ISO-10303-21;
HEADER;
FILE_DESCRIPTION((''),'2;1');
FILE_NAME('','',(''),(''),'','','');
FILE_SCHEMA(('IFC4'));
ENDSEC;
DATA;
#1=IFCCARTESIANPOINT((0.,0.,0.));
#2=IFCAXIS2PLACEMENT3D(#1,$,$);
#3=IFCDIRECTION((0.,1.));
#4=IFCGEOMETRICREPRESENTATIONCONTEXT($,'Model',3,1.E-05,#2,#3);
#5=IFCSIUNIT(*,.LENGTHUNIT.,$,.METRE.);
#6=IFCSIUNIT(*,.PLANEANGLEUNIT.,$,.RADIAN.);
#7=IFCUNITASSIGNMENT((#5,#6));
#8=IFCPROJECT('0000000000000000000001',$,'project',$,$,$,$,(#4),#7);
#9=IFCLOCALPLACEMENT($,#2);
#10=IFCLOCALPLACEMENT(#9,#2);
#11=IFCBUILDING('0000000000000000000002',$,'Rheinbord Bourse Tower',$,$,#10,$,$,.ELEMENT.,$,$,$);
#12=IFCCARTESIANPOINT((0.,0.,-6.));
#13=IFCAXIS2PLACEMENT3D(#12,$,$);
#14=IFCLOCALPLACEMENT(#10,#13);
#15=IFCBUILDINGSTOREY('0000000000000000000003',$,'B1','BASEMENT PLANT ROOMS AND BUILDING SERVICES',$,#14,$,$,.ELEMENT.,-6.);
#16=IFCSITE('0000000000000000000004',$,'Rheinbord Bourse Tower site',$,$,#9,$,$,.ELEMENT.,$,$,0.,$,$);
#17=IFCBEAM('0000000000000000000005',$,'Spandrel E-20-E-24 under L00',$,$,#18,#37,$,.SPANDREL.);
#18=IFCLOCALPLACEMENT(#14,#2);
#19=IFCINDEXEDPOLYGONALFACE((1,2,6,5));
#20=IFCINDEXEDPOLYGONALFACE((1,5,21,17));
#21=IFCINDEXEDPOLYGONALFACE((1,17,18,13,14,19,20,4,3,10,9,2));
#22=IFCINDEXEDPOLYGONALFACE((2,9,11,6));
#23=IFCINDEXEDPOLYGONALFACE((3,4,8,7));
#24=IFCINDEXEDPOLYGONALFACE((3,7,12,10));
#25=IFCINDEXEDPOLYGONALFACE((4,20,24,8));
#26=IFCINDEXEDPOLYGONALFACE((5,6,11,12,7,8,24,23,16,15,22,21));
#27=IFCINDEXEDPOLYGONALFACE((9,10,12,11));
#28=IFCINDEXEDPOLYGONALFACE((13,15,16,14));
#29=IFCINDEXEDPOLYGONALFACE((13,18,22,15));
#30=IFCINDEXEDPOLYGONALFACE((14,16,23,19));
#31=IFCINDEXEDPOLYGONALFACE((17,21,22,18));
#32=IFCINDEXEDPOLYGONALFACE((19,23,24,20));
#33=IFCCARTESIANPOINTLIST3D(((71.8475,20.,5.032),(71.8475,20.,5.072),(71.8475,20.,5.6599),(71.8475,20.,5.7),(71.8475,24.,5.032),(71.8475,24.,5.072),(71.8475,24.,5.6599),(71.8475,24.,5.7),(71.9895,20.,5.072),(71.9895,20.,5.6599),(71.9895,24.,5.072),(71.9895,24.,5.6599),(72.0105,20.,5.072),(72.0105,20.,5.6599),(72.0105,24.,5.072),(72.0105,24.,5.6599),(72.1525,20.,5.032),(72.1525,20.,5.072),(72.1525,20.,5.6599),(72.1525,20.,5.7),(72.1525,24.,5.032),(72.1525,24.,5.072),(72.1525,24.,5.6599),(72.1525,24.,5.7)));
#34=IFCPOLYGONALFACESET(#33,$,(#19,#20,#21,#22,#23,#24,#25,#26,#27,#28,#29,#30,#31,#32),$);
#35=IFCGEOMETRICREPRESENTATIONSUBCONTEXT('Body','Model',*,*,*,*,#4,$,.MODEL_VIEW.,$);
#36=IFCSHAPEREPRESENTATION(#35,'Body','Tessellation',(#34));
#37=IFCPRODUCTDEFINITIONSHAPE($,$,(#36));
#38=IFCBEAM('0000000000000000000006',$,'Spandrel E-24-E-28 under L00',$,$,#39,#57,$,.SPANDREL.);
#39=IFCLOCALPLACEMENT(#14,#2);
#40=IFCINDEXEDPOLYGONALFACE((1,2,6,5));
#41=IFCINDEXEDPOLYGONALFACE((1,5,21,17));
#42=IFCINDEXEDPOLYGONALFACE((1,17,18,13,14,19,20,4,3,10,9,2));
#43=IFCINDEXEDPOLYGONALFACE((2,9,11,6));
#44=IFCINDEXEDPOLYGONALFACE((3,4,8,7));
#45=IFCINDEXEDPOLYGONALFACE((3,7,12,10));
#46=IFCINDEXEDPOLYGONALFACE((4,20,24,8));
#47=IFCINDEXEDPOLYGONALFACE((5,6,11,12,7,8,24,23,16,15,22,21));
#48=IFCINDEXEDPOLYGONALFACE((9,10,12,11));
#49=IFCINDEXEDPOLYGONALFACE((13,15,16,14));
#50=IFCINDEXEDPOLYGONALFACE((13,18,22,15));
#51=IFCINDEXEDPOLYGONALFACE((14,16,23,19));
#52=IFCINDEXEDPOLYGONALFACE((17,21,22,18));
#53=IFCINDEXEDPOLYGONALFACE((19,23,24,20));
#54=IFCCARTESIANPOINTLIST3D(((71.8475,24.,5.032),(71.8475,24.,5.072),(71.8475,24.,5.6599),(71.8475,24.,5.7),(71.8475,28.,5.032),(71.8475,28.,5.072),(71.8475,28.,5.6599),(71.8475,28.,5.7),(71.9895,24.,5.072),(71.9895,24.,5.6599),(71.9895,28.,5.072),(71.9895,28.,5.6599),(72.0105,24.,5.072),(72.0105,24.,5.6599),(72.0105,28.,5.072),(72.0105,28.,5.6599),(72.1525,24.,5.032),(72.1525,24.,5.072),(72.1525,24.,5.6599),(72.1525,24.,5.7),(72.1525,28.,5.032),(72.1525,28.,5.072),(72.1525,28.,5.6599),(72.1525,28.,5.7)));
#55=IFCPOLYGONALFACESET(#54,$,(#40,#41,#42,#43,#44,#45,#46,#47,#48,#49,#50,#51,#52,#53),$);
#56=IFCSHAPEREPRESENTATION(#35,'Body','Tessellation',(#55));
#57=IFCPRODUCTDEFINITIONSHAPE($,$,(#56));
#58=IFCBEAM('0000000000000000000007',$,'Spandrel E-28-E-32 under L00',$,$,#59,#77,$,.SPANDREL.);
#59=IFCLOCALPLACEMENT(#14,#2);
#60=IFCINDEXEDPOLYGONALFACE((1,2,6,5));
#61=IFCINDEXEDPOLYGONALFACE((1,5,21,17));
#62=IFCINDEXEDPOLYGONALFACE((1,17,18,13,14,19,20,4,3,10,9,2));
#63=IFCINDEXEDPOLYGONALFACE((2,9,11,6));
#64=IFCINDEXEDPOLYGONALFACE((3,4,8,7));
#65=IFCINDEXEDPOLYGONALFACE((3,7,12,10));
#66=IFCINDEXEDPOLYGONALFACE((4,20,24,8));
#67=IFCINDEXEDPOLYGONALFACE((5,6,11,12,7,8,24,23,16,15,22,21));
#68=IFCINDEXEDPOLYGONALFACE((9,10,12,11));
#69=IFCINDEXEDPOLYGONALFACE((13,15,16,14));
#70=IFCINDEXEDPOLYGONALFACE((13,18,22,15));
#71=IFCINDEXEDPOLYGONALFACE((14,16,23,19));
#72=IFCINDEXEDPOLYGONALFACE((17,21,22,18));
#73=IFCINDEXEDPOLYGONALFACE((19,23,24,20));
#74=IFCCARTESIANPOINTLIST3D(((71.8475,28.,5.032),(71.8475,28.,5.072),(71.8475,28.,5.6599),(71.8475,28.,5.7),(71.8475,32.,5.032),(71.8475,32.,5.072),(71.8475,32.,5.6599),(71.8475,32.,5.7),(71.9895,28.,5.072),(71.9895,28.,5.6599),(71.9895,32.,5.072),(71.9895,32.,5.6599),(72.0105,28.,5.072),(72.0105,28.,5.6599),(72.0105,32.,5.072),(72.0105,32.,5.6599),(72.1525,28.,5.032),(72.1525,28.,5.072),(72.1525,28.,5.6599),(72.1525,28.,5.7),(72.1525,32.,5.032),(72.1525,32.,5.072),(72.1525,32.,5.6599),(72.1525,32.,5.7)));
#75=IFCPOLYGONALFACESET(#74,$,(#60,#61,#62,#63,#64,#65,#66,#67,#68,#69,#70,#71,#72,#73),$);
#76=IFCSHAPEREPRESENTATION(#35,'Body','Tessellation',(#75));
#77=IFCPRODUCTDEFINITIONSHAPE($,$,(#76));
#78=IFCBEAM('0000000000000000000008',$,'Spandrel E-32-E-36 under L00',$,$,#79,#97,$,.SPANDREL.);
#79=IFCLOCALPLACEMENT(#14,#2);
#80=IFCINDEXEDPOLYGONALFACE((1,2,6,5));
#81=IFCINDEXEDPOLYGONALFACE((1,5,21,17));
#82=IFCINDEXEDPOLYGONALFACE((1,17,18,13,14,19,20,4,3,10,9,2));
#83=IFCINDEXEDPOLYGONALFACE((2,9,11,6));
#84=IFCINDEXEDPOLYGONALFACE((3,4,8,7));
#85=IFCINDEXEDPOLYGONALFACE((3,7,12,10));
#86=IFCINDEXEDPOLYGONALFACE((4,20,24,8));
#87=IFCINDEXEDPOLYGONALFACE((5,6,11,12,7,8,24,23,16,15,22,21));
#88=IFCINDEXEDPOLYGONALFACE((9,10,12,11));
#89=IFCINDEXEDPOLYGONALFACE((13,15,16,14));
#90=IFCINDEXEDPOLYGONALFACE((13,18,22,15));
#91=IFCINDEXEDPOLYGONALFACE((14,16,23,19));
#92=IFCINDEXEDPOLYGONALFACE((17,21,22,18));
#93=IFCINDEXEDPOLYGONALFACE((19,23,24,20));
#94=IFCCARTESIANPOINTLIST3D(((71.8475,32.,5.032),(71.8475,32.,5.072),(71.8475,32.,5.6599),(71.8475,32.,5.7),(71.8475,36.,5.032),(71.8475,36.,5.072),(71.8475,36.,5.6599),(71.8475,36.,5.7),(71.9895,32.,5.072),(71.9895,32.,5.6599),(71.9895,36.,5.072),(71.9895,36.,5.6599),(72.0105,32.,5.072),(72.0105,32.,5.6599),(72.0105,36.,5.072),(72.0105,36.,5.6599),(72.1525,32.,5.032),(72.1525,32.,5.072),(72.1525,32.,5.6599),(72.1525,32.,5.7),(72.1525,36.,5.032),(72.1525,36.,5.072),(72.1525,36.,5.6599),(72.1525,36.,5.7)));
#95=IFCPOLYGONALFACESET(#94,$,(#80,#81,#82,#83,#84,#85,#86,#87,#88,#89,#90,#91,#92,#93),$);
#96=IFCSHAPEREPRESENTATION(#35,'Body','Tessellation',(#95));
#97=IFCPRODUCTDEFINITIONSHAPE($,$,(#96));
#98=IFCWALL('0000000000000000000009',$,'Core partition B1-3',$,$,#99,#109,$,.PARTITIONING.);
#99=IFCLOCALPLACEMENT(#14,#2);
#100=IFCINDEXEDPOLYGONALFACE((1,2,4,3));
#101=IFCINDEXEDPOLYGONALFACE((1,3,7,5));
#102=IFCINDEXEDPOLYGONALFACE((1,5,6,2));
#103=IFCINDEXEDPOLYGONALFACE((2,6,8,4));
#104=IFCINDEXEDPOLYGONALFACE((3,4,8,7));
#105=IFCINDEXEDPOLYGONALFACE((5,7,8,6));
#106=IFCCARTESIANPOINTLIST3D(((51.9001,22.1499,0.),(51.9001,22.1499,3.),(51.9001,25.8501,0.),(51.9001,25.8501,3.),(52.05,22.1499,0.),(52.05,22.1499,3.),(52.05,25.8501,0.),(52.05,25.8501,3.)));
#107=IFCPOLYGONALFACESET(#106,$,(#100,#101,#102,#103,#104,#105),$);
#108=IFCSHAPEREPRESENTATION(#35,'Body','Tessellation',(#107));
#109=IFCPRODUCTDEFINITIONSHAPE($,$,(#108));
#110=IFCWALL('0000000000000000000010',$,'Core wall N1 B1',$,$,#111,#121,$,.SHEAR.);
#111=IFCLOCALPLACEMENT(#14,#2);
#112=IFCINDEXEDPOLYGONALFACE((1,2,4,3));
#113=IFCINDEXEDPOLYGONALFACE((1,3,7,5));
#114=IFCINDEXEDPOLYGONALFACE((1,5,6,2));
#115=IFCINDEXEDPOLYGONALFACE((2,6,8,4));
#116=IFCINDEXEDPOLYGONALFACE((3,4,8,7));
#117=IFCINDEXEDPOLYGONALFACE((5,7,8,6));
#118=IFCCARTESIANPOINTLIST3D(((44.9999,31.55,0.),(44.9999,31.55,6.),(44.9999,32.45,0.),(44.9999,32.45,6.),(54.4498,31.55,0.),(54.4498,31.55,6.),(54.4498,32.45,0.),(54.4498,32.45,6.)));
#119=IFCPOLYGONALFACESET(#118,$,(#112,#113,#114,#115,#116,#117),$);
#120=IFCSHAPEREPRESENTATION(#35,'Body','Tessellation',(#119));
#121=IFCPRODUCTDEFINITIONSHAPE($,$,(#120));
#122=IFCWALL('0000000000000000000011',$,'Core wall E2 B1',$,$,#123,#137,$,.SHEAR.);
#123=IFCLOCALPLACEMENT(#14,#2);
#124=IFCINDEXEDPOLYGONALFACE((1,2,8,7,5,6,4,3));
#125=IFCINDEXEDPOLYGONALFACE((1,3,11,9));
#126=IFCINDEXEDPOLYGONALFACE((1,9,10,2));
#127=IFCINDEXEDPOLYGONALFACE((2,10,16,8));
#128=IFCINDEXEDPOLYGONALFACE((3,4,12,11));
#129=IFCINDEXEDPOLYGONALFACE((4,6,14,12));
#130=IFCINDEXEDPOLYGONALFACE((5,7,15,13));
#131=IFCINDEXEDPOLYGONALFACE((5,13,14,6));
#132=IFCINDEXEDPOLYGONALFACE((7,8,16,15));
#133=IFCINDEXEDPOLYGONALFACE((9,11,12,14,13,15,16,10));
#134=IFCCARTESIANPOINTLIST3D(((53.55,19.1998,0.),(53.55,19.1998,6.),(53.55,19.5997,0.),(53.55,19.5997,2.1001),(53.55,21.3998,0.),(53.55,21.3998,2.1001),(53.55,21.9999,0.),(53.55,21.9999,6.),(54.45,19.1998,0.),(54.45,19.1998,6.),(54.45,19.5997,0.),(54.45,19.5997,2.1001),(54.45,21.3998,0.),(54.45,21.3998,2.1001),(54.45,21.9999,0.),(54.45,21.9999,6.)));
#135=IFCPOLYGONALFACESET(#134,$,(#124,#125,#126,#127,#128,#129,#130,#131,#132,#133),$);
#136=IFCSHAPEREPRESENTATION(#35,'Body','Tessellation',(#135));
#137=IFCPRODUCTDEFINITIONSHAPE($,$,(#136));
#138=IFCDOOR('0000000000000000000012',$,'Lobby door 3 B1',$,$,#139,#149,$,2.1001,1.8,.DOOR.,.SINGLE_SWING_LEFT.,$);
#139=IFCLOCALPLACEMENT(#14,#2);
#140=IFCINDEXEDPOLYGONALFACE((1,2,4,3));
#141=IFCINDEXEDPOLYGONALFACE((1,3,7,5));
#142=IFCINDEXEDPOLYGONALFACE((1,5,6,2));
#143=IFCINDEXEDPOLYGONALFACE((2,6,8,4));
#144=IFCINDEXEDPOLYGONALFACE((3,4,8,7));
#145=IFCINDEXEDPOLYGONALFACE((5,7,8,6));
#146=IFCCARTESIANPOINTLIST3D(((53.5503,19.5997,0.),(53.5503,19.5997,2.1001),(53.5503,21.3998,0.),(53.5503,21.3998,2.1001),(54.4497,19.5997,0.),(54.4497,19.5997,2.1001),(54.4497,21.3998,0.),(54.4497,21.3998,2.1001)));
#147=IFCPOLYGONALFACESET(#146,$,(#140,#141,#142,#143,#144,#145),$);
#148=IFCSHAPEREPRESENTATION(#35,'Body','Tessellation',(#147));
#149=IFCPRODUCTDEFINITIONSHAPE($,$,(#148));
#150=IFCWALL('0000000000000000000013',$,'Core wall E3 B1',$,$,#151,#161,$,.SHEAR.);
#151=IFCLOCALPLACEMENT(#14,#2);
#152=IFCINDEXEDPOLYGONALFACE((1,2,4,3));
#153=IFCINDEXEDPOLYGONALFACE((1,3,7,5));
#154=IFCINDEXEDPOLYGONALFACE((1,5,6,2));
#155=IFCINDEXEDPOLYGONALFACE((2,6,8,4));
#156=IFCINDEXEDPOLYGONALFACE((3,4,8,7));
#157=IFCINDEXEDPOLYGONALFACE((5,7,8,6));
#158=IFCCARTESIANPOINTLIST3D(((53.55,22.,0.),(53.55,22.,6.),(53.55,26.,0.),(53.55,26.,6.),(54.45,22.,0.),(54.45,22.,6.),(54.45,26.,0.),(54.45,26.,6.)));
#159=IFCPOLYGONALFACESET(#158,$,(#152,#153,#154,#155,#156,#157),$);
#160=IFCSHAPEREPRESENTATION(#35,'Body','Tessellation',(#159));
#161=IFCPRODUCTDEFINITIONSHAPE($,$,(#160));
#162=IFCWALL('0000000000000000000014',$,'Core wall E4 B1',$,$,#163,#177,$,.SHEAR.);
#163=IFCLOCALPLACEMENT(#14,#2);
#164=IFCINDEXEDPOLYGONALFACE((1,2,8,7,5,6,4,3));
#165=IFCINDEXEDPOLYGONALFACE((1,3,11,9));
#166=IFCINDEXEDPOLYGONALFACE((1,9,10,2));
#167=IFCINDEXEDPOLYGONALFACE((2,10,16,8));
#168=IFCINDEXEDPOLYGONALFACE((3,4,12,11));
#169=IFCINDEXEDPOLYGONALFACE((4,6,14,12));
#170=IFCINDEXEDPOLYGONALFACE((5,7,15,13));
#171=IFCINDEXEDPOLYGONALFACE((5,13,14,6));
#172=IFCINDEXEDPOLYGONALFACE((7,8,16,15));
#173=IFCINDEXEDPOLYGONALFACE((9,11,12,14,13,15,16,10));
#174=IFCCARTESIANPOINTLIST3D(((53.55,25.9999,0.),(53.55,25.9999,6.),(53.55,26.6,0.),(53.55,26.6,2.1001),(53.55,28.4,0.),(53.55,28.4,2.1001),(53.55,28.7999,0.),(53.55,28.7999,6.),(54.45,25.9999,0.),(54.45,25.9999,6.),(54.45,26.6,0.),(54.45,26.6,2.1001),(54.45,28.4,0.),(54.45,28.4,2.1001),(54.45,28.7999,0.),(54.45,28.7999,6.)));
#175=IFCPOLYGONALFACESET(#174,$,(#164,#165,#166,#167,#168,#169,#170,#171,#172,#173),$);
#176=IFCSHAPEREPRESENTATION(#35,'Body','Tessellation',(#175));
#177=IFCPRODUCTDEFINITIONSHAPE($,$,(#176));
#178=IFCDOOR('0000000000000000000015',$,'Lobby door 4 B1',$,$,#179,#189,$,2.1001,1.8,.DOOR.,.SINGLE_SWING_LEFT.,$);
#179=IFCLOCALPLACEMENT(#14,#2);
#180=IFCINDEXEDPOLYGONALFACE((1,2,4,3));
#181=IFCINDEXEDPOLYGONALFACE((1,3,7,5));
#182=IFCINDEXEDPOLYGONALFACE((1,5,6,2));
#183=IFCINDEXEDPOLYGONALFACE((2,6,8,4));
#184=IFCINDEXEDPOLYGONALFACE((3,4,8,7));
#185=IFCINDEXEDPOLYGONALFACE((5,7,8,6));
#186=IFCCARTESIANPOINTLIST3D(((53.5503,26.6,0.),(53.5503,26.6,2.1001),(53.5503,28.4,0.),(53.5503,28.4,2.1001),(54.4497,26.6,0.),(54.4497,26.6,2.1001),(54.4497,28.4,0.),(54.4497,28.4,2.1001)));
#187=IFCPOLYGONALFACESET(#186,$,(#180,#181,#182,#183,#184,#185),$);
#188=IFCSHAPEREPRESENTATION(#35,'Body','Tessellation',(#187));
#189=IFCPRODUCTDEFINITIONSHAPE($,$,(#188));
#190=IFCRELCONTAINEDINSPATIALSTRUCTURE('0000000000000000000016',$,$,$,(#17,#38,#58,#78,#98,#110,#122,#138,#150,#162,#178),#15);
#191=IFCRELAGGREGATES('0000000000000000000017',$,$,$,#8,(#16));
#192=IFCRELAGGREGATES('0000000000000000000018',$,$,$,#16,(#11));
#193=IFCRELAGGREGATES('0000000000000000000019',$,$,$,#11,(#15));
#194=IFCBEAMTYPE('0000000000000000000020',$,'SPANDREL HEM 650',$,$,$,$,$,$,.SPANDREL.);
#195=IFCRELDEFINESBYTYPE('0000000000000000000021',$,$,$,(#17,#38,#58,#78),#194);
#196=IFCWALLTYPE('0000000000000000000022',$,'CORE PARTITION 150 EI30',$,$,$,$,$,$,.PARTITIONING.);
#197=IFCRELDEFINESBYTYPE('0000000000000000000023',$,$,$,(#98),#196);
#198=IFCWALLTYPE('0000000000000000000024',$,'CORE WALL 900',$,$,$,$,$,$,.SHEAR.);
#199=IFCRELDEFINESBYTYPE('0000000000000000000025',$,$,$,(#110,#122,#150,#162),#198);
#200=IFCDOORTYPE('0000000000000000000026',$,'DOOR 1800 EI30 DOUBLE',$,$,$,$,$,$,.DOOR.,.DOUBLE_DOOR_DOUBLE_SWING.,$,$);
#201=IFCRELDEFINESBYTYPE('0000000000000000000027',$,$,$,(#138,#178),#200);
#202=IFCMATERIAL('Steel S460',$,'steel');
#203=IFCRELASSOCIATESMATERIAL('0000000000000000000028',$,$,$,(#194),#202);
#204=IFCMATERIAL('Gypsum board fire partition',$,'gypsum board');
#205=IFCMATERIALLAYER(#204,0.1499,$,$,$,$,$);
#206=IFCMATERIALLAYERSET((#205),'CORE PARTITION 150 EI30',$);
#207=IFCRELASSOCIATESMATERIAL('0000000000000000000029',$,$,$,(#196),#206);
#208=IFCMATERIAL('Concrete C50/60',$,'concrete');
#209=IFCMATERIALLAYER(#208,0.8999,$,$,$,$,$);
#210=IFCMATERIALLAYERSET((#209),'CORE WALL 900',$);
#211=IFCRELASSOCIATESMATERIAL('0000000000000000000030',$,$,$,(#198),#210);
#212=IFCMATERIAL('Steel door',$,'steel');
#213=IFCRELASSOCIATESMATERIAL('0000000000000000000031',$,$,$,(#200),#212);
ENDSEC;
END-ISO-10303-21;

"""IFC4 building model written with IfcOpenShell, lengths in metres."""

from ifc_helpers import new_model, si_unit, direction, frame, frame_2d, origin, origin_2d, place, context, subcontext, project, spatial, rectangle, i_section, extrude, material, layer, layer_set, material_profile, profile_set, type_object, element, fill, save


model = new_model("IFC4")

# Units and contexts
model_context = context("Model", 3, precision=1e-05, world=origin(), true_north=direction((0.0, 1.0)))
body_context = subcontext(model_context, "Body", "Model", "MODEL_VIEW")
ifc_project = project(units=[si_unit("LENGTHUNIT", "METRE"), si_unit("PLANEANGLEUNIT", "RADIAN")], contexts=[model_context])

# Site, building, storey
site_placement = place(None, origin())
site = spatial("IfcSite", under=ifc_project, at=site_placement, Name="Rheinbord Bourse Tower site", CompositionType="ELEMENT", RefElevation=0.0)
building_placement = place(site_placement, origin())
building = spatial("IfcBuilding", under=site, at=building_placement, Name="Rheinbord Bourse Tower", CompositionType="ELEMENT")
storey_placement = place(building_placement, frame((0.0, 0.0, -6.0)))
storey = spatial("IfcBuildingStorey", under=building, at=storey_placement, Name="B1", Description="BASEMENT PLANT ROOMS AND BUILDING SERVICES", CompositionType="ELEMENT", Elevation=-6.0)

# Beams
ifc_material_1 = material(Name="Steel S460", Category="steel")
ifc_material_profile_1 = material_profile(ifc_material_1, i_section(OverallWidth=0.3049, OverallDepth=0.668, WebThickness=0.021, FlangeThickness=0.04, at=origin_2d()), Name="HEM 650")
ifc_profile_set_1 = profile_set([ifc_material_profile_1], Name="Steel S460")
beam_type_1 = type_object("IfcBeamType", Name="SPANDREL HEM 650", PredefinedType="SPANDREL", material=ifc_profile_set_1)
for number, where, z_axis, x_axis, name in (
    (1, (72.0, 20.0, 5.366), (0.0, 1.0, 0.0), (-1.0, 0.0, 0.0), "Spandrel E-20-E-24 under L00"),
    (2, (72.0, 24.0, 5.366), (0.0, 1.0, 0.0), (-1.0, 0.0, 0.0), "Spandrel E-24-E-28 under L00"),
    (3, (72.0, 28.0, 5.366), (0.0, 1.0, 0.0), (-1.0, 0.0, 0.0), "Spandrel E-28-E-32 under L00"),
    (4, (72.0, 32.0, 5.366), (0.0, 1.0, 0.0), (-1.0, 0.0, 0.0), "Spandrel E-32-E-36 under L00"),
):
    element("IfcBeam", number, at=place(storey_placement, frame(where, z_axis=z_axis, x_axis=x_axis)), inside=storey, type_object=beam_type_1, Name=name, PredefinedType="SPANDREL", context=body_context, shape_type="SweptSolid", body=[
        extrude(i_section(OverallWidth=0.3049, OverallDepth=0.668, WebThickness=0.021, FlangeThickness=0.04, at=origin_2d()), origin(), (0.0, 0.0, 1.0), 4.0),
    ])

# Walls
ifc_material_2 = material(Name="Gypsum board fire partition", Category="gypsum board")
ifc_layer_1 = layer(ifc_material_2, 0.1499)
ifc_layer_set_1 = layer_set([ifc_layer_1], Name="CORE PARTITION 150 EI30")
wall_type_1 = type_object("IfcWallType", Name="CORE PARTITION 150 EI30", PredefinedType="PARTITIONING", material=ifc_layer_set_1)
wall_1_placement = place(storey_placement, frame((51.9751, 22.1499, 0.0), z_axis=(0.0, 0.0, 1.0), x_axis=(0.0, 1.0, 0.0)))
element("IfcWall", 5, at=wall_1_placement, inside=storey, type_object=wall_type_1, Name="Core partition B1-3", PredefinedType="PARTITIONING", context=body_context, shape_type="SweptSolid", body=[
    extrude(rectangle(XDim=3.7002, YDim=0.1499, at=frame_2d((1.8501, 0.0))), origin(), (0.0, 0.0, 1.0), 3.0),
])
ifc_material_3 = material(Name="Concrete C50/60", Category="concrete")
ifc_layer_2 = layer(ifc_material_3, 0.8999)
ifc_layer_set_2 = layer_set([ifc_layer_2], Name="CORE WALL 900")
wall_type_2 = type_object("IfcWallType", Name="CORE WALL 900", PredefinedType="SHEAR", material=ifc_layer_set_2)
wall_2_placement = place(storey_placement, frame((54.45, 32.0, 0.0), z_axis=(0.0, 0.0, 1.0), x_axis=(-1.0, 0.0, 0.0)))
element("IfcWall", 6, at=wall_2_placement, inside=storey, type_object=wall_type_2, Name="Core wall N1 B1", PredefinedType="SHEAR", context=body_context, shape_type="SweptSolid", body=[
    extrude(rectangle(XDim=9.45, YDim=0.8999, at=frame_2d((4.7251, 0.0))), origin(), (0.0, 0.0, 1.0), 6.0),
])

# Wall, opening, door
wall_3_placement = place(storey_placement, frame((54.0, 19.2, 0.0), z_axis=(0.0, 0.0, 1.0), x_axis=(0.0, 1.0, 0.0)))
wall_3 = element("IfcWall", 7, at=wall_3_placement, inside=storey, type_object=wall_type_2, Name="Core wall E2 B1", PredefinedType="SHEAR", context=body_context, shape_type="SweptSolid", body=[
    extrude(rectangle(XDim=2.8, YDim=0.8999, at=frame_2d((1.3999, 0.0))), origin(), (0.0, 0.0, 1.0), 6.0),
])
opening_1_placement = place(wall_3_placement, frame((0.3999, 0.0, 0.0)))
opening_1 = element("IfcOpeningElement", 8, at=opening_1_placement, cuts=wall_3, PredefinedType="OPENING", context=body_context, shape_type="SweptSolid", body=[
    extrude(rectangle(XDim=1.8, YDim=2.1001, at=frame_2d((0.8999, 1.05))), frame((0.0, 0.46, 0.0), z_axis=(0.0, -1.0, 0.0), x_axis=(1.0, 0.0, 0.0)), (0.0, 0.0, 1.0), 0.9199),
])
ifc_material_4 = material(Name="Steel door", Category="steel")
door_type = type_object("IfcDoorType", Name="DOOR 1800 EI30 DOUBLE", OperationType="DOUBLE_DOOR_DOUBLE_SWING", PredefinedType="DOOR", material=ifc_material_4)
door_1_placement = place(opening_1_placement, origin())
door_1 = element("IfcDoor", 9, at=door_1_placement, inside=storey, type_object=door_type, Name="Lobby door 3 B1", OperationType="SINGLE_SWING_LEFT", OverallHeight=2.1001, OverallWidth=1.8, PredefinedType="DOOR", context=body_context, shape_type="SweptSolid", body=[
    extrude(rectangle(XDim=1.8, YDim=2.1001, at=frame_2d((0.8999, 1.05))), frame((0.0, 0.4497, 0.0), z_axis=(0.0, -1.0, 0.0), x_axis=(1.0, 0.0, 0.0)), (0.0, 0.0, 1.0), 0.8994),
])
fill(opening_1, door_1)

# Wall
wall_4_placement = place(storey_placement, frame((54.0, 22.0, 0.0), z_axis=(0.0, 0.0, 1.0), x_axis=(0.0, 1.0, 0.0)))
element("IfcWall", 10, at=wall_4_placement, inside=storey, type_object=wall_type_2, Name="Core wall E3 B1", PredefinedType="SHEAR", context=body_context, shape_type="SweptSolid", body=[
    extrude(rectangle(XDim=4.0, YDim=0.8999, at=frame_2d((2.0, 0.0))), origin(), (0.0, 0.0, 1.0), 6.0),
])

# Wall, opening, door
wall_5_placement = place(storey_placement, frame((54.0, 26.0, 0.0), z_axis=(0.0, 0.0, 1.0), x_axis=(0.0, 1.0, 0.0)))
wall_5 = element("IfcWall", 11, at=wall_5_placement, inside=storey, type_object=wall_type_2, Name="Core wall E4 B1", PredefinedType="SHEAR", context=body_context, shape_type="SweptSolid", body=[
    extrude(rectangle(XDim=2.8, YDim=0.8999, at=frame_2d((1.3999, 0.0))), origin(), (0.0, 0.0, 1.0), 6.0),
])
opening_2_placement = place(wall_5_placement, frame((0.6001, 0.0, 0.0)))
opening_2 = element("IfcOpeningElement", 12, at=opening_2_placement, cuts=wall_5, PredefinedType="OPENING", context=body_context, shape_type="SweptSolid", body=[
    extrude(rectangle(XDim=1.8, YDim=2.1001, at=frame_2d((0.8999, 1.05))), frame((0.0, 0.46, 0.0), z_axis=(0.0, -1.0, 0.0), x_axis=(1.0, 0.0, 0.0)), (0.0, 0.0, 1.0), 0.9199),
])
door_2_placement = place(opening_2_placement, origin())
door_2 = element("IfcDoor", 13, at=door_2_placement, inside=storey, type_object=door_type, Name="Lobby door 4 B1", OperationType="SINGLE_SWING_LEFT", OverallHeight=2.1001, OverallWidth=1.8, PredefinedType="DOOR", context=body_context, shape_type="SweptSolid", body=[
    extrude(rectangle(XDim=1.8, YDim=2.1001, at=frame_2d((0.8999, 1.05))), frame((0.0, 0.4497, 0.0), z_axis=(0.0, -1.0, 0.0), x_axis=(1.0, 0.0, 0.0)), (0.0, 0.0, 1.0), 0.8994),
])
fill(opening_2, door_2)

save(model, "model.ifc")
